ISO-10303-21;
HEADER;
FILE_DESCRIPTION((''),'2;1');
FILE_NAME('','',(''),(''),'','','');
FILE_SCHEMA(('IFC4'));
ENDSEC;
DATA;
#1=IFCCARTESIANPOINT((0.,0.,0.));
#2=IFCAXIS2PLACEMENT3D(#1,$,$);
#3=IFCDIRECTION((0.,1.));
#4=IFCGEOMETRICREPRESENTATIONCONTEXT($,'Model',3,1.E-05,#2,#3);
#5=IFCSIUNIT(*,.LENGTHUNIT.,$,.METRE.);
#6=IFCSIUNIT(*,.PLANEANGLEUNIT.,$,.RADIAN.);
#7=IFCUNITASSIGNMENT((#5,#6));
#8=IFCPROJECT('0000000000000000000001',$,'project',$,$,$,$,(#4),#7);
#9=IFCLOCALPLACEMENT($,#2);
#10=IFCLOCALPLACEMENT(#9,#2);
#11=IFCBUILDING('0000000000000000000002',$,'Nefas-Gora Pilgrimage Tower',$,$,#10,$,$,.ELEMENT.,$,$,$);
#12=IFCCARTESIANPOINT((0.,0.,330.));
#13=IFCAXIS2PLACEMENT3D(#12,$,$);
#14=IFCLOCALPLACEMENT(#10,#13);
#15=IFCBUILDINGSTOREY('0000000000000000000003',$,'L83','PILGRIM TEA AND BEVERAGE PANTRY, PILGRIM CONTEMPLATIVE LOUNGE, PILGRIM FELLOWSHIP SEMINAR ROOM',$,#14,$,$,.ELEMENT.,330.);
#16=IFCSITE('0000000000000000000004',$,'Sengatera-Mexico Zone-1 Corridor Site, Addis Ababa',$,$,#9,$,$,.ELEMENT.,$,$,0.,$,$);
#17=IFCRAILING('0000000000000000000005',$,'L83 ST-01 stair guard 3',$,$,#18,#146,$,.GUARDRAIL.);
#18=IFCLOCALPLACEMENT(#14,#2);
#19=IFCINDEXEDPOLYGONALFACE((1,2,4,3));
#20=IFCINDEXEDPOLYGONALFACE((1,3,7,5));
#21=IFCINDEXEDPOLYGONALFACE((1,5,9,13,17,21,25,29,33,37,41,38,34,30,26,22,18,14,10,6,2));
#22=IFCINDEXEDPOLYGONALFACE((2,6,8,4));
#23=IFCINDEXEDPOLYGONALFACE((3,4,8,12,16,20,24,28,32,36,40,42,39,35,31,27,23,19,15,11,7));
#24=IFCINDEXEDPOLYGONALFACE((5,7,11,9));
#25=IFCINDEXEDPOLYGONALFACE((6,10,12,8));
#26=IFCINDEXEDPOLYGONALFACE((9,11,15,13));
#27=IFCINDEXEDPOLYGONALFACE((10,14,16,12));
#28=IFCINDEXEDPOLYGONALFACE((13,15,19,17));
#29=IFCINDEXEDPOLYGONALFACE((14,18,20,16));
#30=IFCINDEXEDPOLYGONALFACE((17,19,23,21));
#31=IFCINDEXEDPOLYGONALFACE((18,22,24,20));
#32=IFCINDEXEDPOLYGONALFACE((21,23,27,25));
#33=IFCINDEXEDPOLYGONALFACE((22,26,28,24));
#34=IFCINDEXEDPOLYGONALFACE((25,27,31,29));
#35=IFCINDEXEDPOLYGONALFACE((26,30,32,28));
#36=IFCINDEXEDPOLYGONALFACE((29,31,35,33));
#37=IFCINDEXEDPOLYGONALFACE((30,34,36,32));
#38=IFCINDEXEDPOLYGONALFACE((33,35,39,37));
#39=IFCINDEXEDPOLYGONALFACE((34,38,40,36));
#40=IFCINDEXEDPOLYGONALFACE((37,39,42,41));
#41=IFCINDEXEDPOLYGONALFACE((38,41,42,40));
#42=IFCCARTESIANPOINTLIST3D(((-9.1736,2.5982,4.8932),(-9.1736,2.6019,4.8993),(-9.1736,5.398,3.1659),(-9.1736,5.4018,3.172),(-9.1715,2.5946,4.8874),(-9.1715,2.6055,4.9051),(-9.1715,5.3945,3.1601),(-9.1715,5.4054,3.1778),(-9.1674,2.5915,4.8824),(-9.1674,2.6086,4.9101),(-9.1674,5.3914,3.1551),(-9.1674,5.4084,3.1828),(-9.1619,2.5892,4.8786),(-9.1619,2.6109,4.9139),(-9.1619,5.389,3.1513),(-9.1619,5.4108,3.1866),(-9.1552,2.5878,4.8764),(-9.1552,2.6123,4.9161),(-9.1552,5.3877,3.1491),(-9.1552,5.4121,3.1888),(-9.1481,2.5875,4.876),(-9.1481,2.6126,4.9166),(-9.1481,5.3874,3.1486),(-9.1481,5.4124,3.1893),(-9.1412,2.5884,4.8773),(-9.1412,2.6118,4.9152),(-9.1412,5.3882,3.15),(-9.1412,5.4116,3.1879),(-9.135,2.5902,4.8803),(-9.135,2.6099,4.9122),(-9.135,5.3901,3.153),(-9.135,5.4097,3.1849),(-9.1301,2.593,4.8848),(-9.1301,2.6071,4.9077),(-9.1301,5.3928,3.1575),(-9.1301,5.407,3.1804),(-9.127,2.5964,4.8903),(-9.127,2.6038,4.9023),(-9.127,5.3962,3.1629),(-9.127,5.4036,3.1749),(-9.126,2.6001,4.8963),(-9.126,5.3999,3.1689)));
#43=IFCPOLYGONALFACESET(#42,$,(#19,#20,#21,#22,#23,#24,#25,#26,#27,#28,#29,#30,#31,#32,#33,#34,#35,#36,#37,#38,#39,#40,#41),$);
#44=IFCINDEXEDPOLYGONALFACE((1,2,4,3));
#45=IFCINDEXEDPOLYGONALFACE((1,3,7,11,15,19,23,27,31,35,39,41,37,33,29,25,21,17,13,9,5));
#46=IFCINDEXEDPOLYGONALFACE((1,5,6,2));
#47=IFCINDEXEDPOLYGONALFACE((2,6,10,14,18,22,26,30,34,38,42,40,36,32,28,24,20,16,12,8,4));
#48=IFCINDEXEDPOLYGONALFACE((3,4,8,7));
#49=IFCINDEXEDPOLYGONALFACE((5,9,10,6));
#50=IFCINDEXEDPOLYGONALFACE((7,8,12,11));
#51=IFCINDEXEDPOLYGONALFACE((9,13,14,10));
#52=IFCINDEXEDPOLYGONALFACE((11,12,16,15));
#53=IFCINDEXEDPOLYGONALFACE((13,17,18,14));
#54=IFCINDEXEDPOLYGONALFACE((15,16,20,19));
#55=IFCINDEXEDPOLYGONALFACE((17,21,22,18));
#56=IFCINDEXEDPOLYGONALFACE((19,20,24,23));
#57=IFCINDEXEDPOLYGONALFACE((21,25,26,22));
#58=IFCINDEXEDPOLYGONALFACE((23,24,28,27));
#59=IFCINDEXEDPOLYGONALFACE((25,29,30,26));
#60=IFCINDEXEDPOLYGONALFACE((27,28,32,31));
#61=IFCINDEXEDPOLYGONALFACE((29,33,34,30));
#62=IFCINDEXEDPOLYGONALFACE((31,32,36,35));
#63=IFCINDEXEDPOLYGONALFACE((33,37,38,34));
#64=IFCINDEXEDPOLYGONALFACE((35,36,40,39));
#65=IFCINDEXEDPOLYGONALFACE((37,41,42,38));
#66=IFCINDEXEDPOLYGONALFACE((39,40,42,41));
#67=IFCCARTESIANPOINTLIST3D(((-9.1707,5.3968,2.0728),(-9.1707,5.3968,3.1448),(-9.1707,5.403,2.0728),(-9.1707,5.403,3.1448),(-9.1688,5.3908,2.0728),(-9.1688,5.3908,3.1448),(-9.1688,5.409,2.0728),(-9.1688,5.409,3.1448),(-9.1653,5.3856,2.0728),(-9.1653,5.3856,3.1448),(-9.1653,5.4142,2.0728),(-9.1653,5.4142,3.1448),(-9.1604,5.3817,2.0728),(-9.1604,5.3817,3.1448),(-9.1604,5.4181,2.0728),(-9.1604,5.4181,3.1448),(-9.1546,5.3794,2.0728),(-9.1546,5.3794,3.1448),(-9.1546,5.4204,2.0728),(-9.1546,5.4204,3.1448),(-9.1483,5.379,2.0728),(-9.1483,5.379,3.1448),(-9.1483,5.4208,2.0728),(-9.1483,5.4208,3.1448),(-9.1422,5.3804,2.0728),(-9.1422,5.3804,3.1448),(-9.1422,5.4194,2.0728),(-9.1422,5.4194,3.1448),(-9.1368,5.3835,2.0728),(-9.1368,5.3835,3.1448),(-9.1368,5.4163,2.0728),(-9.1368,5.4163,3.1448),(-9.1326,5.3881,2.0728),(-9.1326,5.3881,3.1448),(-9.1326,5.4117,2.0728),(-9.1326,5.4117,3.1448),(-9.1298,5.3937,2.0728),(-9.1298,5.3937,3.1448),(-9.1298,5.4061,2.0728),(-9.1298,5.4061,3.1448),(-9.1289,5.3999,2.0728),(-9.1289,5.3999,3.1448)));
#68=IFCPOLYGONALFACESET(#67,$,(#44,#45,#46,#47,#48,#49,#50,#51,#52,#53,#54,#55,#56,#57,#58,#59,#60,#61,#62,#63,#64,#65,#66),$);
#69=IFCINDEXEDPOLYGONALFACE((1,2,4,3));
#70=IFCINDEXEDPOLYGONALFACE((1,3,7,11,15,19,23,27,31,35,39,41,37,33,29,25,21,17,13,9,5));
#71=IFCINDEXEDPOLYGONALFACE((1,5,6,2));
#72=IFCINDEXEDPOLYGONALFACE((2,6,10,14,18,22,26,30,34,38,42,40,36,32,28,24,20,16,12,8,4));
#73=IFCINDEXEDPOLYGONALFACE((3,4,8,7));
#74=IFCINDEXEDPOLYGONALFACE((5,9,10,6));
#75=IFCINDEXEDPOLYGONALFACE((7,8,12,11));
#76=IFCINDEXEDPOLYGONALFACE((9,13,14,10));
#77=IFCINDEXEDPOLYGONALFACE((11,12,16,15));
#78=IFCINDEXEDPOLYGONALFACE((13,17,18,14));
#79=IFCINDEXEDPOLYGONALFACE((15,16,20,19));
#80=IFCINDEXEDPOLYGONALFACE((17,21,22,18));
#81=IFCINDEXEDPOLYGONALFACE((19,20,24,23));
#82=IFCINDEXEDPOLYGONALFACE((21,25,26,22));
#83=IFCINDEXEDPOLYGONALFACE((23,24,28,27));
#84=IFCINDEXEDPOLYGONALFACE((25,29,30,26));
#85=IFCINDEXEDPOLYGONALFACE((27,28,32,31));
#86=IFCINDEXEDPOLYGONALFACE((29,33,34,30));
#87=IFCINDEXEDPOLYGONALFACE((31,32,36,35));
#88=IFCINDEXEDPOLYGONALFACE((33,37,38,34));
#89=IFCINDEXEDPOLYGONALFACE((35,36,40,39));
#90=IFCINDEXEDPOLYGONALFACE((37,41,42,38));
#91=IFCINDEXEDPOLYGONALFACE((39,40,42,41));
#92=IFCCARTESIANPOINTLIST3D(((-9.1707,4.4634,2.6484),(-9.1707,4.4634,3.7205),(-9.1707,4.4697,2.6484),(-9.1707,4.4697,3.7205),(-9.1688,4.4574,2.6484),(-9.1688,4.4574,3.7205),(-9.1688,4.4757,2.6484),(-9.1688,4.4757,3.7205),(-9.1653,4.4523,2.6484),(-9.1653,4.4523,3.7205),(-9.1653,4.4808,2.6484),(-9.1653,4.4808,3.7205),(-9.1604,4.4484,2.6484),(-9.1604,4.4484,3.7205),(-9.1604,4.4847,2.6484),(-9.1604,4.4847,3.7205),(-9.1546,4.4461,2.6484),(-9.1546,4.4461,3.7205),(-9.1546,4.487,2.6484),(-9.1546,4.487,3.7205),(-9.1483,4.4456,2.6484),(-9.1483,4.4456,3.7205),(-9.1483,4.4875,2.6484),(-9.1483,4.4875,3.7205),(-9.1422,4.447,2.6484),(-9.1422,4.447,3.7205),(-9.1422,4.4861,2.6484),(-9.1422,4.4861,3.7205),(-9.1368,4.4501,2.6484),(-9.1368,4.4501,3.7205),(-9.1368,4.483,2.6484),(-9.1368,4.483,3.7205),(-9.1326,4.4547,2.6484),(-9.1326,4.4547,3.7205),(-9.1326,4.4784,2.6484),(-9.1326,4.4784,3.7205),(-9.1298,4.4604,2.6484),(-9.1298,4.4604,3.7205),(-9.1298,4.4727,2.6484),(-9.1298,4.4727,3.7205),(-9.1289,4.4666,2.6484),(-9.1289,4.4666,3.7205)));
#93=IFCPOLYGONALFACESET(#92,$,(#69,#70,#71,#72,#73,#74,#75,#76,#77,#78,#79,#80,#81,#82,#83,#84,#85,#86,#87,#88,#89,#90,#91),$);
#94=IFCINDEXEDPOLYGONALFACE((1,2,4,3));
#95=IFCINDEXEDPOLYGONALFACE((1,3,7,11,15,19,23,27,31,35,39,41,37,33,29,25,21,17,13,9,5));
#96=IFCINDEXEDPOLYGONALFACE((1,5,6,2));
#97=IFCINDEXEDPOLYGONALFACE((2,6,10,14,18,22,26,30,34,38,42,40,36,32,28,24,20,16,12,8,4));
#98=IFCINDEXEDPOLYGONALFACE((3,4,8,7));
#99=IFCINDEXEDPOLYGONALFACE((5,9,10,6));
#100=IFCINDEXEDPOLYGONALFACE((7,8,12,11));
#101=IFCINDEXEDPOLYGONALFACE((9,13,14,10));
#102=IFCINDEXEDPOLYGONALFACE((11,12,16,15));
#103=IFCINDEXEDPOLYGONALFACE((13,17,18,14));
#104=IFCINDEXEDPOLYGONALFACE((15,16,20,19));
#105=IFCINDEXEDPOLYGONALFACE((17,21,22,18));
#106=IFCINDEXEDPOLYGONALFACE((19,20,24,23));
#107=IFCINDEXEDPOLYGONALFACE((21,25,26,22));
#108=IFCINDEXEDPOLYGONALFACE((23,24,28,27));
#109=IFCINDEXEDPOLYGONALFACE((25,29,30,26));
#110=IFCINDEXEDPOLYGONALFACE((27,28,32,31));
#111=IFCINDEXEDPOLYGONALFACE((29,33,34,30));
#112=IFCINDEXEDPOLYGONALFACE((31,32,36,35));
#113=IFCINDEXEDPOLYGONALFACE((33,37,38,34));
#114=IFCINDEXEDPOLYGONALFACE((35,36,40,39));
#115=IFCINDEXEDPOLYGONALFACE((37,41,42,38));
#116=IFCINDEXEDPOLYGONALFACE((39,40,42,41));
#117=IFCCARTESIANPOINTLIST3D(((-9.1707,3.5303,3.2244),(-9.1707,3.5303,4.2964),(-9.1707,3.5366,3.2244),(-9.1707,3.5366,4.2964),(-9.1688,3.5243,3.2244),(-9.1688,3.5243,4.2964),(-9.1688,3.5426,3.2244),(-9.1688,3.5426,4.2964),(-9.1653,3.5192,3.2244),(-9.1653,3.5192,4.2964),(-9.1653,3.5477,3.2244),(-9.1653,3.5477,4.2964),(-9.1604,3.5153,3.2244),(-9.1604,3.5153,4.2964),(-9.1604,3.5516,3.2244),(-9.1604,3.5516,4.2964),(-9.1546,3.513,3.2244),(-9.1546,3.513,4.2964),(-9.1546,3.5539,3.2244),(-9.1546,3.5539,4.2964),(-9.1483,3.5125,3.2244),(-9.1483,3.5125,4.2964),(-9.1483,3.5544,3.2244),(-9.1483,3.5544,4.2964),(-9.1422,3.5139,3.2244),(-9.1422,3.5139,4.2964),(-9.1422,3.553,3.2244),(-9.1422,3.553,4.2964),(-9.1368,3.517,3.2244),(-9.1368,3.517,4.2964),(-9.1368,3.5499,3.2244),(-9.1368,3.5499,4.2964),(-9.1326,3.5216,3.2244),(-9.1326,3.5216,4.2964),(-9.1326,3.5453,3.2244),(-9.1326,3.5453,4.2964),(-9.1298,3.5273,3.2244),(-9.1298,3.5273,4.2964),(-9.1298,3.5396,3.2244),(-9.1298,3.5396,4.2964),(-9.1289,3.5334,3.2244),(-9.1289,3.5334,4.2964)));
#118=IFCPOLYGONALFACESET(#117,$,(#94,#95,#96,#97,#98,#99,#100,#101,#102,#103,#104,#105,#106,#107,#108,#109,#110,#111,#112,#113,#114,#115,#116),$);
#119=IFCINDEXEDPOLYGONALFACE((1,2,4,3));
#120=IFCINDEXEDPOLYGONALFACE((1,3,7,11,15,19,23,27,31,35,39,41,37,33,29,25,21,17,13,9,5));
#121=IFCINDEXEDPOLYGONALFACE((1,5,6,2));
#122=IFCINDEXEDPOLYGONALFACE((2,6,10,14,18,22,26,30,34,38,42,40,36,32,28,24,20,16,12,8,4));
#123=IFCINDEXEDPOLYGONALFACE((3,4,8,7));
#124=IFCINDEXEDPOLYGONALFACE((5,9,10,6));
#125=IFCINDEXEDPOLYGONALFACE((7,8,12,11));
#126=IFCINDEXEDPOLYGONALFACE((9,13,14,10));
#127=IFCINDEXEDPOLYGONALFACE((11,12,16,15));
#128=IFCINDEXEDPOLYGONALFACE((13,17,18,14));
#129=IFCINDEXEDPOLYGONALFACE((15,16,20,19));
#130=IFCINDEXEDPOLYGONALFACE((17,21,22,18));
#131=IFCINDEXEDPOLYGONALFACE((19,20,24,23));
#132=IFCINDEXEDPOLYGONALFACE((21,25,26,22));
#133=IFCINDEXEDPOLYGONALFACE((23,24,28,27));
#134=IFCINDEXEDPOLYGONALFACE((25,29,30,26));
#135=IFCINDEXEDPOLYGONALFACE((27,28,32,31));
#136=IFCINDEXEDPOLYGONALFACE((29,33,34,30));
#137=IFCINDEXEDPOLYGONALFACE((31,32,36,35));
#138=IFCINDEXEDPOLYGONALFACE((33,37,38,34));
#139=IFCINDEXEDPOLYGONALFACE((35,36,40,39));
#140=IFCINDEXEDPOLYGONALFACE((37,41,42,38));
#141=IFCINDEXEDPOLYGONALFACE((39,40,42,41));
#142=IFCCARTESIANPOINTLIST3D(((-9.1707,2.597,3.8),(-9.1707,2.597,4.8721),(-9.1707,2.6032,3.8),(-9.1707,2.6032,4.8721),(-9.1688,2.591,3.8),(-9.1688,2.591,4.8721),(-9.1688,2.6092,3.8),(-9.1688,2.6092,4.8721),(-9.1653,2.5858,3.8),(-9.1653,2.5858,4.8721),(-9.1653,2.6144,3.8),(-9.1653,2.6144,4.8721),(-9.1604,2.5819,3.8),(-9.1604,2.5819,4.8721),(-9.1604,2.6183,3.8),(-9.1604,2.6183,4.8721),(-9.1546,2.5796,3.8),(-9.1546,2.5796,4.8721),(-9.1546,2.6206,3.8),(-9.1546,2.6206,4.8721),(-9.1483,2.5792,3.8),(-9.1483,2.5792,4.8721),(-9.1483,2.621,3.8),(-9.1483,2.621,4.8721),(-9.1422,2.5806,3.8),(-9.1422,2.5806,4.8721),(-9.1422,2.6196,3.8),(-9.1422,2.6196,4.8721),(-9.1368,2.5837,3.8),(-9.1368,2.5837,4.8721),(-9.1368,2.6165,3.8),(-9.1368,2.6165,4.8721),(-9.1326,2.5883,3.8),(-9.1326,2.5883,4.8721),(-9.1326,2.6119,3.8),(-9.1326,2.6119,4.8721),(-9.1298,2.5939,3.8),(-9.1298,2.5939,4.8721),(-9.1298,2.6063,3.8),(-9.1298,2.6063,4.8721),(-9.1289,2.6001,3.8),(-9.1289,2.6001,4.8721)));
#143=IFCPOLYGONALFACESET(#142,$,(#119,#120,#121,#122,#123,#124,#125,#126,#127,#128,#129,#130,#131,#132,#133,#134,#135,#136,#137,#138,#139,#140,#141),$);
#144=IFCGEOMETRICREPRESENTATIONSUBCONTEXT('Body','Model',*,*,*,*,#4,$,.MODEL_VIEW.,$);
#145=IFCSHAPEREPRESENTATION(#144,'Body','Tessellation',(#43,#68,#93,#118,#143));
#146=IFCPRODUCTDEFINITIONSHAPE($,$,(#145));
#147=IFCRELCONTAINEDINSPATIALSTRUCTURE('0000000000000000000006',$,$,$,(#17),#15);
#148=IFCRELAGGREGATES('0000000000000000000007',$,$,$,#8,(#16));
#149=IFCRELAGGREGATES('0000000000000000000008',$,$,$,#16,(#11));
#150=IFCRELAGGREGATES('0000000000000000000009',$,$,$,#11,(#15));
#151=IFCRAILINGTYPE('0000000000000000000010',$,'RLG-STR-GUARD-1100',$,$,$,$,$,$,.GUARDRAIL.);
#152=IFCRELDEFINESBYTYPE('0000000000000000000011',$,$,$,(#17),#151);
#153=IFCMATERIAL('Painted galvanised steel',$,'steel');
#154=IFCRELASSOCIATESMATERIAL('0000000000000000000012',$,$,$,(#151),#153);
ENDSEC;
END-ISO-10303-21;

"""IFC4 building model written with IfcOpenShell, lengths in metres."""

from ifc_helpers import new_model, si_unit, direction, frame, origin, origin_2d, place, context, subcontext, project, spatial, circle, extrude, material, type_object, element, save


model = new_model("IFC4")

# Units and contexts
model_context = context("Model", 3, precision=1e-05, world=origin(), true_north=direction((0.0, 1.0)))
body_context = subcontext(model_context, "Body", "Model", "MODEL_VIEW")
ifc_project = project(units=[si_unit("LENGTHUNIT", "METRE"), si_unit("PLANEANGLEUNIT", "RADIAN")], contexts=[model_context])

# Site, building, storey
site_placement = place(None, origin())
site = spatial("IfcSite", under=ifc_project, at=site_placement, Name="Sengatera-Mexico Zone-1 Corridor Site, Addis Ababa", CompositionType="ELEMENT", RefElevation=0.0)
building_placement = place(site_placement, origin())
building = spatial("IfcBuilding", under=site, at=building_placement, Name="Nefas-Gora Pilgrimage Tower", CompositionType="ELEMENT")
storey_placement = place(building_placement, frame((0.0, 0.0, 330.0)))
storey = spatial("IfcBuildingStorey", under=building, at=storey_placement, Name="L83", Description="PILGRIM TEA AND BEVERAGE PANTRY, PILGRIM CONTEMPLATIVE LOUNGE, PILGRIM FELLOWSHIP SEMINAR ROOM", CompositionType="ELEMENT", Elevation=330.0)

# Railing
ifc_material_1 = material(Name="Painted galvanised steel", Category="steel")
railing_type_1 = type_object("IfcRailingType", Name="RLG-STR-GUARD-1100", PredefinedType="GUARDRAIL", material=ifc_material_1)
railing_1_placement = place(storey_placement, frame((-9.1499, 5.3999, 2.0728)))
element("IfcRailing", 1, at=railing_1_placement, inside=storey, type_object=railing_type_1, Name="L83 ST-01 stair guard 3", PredefinedType="GUARDRAIL", context=body_context, shape_type="SweptSolid", body=[
    extrude(circle(Radius=0.0239, at=origin_2d()), frame((0.0, 0.0, 1.0962), z_axis=(0.0, -0.851069, 0.525054), x_axis=(1.0, 0.0, 0.0)), (0.0, 0.0, 1.0), 3.2898),
    extrude(circle(Radius=0.021, at=origin_2d()), origin(), (0.0, 0.0, 1.0), 1.072),
    extrude(circle(Radius=0.021, at=origin_2d()), frame((0.0, -0.9333, 0.5757)), (0.0, 0.0, 1.0), 1.072),
    extrude(circle(Radius=0.021, at=origin_2d()), frame((0.0, -1.8665, 1.1516)), (0.0, 0.0, 1.0), 1.072),
    extrude(circle(Radius=0.021, at=origin_2d()), frame((0.0, -2.7998, 1.7273)), (0.0, 0.0, 1.0), 1.072),
])

save(model, "model.ifc")
